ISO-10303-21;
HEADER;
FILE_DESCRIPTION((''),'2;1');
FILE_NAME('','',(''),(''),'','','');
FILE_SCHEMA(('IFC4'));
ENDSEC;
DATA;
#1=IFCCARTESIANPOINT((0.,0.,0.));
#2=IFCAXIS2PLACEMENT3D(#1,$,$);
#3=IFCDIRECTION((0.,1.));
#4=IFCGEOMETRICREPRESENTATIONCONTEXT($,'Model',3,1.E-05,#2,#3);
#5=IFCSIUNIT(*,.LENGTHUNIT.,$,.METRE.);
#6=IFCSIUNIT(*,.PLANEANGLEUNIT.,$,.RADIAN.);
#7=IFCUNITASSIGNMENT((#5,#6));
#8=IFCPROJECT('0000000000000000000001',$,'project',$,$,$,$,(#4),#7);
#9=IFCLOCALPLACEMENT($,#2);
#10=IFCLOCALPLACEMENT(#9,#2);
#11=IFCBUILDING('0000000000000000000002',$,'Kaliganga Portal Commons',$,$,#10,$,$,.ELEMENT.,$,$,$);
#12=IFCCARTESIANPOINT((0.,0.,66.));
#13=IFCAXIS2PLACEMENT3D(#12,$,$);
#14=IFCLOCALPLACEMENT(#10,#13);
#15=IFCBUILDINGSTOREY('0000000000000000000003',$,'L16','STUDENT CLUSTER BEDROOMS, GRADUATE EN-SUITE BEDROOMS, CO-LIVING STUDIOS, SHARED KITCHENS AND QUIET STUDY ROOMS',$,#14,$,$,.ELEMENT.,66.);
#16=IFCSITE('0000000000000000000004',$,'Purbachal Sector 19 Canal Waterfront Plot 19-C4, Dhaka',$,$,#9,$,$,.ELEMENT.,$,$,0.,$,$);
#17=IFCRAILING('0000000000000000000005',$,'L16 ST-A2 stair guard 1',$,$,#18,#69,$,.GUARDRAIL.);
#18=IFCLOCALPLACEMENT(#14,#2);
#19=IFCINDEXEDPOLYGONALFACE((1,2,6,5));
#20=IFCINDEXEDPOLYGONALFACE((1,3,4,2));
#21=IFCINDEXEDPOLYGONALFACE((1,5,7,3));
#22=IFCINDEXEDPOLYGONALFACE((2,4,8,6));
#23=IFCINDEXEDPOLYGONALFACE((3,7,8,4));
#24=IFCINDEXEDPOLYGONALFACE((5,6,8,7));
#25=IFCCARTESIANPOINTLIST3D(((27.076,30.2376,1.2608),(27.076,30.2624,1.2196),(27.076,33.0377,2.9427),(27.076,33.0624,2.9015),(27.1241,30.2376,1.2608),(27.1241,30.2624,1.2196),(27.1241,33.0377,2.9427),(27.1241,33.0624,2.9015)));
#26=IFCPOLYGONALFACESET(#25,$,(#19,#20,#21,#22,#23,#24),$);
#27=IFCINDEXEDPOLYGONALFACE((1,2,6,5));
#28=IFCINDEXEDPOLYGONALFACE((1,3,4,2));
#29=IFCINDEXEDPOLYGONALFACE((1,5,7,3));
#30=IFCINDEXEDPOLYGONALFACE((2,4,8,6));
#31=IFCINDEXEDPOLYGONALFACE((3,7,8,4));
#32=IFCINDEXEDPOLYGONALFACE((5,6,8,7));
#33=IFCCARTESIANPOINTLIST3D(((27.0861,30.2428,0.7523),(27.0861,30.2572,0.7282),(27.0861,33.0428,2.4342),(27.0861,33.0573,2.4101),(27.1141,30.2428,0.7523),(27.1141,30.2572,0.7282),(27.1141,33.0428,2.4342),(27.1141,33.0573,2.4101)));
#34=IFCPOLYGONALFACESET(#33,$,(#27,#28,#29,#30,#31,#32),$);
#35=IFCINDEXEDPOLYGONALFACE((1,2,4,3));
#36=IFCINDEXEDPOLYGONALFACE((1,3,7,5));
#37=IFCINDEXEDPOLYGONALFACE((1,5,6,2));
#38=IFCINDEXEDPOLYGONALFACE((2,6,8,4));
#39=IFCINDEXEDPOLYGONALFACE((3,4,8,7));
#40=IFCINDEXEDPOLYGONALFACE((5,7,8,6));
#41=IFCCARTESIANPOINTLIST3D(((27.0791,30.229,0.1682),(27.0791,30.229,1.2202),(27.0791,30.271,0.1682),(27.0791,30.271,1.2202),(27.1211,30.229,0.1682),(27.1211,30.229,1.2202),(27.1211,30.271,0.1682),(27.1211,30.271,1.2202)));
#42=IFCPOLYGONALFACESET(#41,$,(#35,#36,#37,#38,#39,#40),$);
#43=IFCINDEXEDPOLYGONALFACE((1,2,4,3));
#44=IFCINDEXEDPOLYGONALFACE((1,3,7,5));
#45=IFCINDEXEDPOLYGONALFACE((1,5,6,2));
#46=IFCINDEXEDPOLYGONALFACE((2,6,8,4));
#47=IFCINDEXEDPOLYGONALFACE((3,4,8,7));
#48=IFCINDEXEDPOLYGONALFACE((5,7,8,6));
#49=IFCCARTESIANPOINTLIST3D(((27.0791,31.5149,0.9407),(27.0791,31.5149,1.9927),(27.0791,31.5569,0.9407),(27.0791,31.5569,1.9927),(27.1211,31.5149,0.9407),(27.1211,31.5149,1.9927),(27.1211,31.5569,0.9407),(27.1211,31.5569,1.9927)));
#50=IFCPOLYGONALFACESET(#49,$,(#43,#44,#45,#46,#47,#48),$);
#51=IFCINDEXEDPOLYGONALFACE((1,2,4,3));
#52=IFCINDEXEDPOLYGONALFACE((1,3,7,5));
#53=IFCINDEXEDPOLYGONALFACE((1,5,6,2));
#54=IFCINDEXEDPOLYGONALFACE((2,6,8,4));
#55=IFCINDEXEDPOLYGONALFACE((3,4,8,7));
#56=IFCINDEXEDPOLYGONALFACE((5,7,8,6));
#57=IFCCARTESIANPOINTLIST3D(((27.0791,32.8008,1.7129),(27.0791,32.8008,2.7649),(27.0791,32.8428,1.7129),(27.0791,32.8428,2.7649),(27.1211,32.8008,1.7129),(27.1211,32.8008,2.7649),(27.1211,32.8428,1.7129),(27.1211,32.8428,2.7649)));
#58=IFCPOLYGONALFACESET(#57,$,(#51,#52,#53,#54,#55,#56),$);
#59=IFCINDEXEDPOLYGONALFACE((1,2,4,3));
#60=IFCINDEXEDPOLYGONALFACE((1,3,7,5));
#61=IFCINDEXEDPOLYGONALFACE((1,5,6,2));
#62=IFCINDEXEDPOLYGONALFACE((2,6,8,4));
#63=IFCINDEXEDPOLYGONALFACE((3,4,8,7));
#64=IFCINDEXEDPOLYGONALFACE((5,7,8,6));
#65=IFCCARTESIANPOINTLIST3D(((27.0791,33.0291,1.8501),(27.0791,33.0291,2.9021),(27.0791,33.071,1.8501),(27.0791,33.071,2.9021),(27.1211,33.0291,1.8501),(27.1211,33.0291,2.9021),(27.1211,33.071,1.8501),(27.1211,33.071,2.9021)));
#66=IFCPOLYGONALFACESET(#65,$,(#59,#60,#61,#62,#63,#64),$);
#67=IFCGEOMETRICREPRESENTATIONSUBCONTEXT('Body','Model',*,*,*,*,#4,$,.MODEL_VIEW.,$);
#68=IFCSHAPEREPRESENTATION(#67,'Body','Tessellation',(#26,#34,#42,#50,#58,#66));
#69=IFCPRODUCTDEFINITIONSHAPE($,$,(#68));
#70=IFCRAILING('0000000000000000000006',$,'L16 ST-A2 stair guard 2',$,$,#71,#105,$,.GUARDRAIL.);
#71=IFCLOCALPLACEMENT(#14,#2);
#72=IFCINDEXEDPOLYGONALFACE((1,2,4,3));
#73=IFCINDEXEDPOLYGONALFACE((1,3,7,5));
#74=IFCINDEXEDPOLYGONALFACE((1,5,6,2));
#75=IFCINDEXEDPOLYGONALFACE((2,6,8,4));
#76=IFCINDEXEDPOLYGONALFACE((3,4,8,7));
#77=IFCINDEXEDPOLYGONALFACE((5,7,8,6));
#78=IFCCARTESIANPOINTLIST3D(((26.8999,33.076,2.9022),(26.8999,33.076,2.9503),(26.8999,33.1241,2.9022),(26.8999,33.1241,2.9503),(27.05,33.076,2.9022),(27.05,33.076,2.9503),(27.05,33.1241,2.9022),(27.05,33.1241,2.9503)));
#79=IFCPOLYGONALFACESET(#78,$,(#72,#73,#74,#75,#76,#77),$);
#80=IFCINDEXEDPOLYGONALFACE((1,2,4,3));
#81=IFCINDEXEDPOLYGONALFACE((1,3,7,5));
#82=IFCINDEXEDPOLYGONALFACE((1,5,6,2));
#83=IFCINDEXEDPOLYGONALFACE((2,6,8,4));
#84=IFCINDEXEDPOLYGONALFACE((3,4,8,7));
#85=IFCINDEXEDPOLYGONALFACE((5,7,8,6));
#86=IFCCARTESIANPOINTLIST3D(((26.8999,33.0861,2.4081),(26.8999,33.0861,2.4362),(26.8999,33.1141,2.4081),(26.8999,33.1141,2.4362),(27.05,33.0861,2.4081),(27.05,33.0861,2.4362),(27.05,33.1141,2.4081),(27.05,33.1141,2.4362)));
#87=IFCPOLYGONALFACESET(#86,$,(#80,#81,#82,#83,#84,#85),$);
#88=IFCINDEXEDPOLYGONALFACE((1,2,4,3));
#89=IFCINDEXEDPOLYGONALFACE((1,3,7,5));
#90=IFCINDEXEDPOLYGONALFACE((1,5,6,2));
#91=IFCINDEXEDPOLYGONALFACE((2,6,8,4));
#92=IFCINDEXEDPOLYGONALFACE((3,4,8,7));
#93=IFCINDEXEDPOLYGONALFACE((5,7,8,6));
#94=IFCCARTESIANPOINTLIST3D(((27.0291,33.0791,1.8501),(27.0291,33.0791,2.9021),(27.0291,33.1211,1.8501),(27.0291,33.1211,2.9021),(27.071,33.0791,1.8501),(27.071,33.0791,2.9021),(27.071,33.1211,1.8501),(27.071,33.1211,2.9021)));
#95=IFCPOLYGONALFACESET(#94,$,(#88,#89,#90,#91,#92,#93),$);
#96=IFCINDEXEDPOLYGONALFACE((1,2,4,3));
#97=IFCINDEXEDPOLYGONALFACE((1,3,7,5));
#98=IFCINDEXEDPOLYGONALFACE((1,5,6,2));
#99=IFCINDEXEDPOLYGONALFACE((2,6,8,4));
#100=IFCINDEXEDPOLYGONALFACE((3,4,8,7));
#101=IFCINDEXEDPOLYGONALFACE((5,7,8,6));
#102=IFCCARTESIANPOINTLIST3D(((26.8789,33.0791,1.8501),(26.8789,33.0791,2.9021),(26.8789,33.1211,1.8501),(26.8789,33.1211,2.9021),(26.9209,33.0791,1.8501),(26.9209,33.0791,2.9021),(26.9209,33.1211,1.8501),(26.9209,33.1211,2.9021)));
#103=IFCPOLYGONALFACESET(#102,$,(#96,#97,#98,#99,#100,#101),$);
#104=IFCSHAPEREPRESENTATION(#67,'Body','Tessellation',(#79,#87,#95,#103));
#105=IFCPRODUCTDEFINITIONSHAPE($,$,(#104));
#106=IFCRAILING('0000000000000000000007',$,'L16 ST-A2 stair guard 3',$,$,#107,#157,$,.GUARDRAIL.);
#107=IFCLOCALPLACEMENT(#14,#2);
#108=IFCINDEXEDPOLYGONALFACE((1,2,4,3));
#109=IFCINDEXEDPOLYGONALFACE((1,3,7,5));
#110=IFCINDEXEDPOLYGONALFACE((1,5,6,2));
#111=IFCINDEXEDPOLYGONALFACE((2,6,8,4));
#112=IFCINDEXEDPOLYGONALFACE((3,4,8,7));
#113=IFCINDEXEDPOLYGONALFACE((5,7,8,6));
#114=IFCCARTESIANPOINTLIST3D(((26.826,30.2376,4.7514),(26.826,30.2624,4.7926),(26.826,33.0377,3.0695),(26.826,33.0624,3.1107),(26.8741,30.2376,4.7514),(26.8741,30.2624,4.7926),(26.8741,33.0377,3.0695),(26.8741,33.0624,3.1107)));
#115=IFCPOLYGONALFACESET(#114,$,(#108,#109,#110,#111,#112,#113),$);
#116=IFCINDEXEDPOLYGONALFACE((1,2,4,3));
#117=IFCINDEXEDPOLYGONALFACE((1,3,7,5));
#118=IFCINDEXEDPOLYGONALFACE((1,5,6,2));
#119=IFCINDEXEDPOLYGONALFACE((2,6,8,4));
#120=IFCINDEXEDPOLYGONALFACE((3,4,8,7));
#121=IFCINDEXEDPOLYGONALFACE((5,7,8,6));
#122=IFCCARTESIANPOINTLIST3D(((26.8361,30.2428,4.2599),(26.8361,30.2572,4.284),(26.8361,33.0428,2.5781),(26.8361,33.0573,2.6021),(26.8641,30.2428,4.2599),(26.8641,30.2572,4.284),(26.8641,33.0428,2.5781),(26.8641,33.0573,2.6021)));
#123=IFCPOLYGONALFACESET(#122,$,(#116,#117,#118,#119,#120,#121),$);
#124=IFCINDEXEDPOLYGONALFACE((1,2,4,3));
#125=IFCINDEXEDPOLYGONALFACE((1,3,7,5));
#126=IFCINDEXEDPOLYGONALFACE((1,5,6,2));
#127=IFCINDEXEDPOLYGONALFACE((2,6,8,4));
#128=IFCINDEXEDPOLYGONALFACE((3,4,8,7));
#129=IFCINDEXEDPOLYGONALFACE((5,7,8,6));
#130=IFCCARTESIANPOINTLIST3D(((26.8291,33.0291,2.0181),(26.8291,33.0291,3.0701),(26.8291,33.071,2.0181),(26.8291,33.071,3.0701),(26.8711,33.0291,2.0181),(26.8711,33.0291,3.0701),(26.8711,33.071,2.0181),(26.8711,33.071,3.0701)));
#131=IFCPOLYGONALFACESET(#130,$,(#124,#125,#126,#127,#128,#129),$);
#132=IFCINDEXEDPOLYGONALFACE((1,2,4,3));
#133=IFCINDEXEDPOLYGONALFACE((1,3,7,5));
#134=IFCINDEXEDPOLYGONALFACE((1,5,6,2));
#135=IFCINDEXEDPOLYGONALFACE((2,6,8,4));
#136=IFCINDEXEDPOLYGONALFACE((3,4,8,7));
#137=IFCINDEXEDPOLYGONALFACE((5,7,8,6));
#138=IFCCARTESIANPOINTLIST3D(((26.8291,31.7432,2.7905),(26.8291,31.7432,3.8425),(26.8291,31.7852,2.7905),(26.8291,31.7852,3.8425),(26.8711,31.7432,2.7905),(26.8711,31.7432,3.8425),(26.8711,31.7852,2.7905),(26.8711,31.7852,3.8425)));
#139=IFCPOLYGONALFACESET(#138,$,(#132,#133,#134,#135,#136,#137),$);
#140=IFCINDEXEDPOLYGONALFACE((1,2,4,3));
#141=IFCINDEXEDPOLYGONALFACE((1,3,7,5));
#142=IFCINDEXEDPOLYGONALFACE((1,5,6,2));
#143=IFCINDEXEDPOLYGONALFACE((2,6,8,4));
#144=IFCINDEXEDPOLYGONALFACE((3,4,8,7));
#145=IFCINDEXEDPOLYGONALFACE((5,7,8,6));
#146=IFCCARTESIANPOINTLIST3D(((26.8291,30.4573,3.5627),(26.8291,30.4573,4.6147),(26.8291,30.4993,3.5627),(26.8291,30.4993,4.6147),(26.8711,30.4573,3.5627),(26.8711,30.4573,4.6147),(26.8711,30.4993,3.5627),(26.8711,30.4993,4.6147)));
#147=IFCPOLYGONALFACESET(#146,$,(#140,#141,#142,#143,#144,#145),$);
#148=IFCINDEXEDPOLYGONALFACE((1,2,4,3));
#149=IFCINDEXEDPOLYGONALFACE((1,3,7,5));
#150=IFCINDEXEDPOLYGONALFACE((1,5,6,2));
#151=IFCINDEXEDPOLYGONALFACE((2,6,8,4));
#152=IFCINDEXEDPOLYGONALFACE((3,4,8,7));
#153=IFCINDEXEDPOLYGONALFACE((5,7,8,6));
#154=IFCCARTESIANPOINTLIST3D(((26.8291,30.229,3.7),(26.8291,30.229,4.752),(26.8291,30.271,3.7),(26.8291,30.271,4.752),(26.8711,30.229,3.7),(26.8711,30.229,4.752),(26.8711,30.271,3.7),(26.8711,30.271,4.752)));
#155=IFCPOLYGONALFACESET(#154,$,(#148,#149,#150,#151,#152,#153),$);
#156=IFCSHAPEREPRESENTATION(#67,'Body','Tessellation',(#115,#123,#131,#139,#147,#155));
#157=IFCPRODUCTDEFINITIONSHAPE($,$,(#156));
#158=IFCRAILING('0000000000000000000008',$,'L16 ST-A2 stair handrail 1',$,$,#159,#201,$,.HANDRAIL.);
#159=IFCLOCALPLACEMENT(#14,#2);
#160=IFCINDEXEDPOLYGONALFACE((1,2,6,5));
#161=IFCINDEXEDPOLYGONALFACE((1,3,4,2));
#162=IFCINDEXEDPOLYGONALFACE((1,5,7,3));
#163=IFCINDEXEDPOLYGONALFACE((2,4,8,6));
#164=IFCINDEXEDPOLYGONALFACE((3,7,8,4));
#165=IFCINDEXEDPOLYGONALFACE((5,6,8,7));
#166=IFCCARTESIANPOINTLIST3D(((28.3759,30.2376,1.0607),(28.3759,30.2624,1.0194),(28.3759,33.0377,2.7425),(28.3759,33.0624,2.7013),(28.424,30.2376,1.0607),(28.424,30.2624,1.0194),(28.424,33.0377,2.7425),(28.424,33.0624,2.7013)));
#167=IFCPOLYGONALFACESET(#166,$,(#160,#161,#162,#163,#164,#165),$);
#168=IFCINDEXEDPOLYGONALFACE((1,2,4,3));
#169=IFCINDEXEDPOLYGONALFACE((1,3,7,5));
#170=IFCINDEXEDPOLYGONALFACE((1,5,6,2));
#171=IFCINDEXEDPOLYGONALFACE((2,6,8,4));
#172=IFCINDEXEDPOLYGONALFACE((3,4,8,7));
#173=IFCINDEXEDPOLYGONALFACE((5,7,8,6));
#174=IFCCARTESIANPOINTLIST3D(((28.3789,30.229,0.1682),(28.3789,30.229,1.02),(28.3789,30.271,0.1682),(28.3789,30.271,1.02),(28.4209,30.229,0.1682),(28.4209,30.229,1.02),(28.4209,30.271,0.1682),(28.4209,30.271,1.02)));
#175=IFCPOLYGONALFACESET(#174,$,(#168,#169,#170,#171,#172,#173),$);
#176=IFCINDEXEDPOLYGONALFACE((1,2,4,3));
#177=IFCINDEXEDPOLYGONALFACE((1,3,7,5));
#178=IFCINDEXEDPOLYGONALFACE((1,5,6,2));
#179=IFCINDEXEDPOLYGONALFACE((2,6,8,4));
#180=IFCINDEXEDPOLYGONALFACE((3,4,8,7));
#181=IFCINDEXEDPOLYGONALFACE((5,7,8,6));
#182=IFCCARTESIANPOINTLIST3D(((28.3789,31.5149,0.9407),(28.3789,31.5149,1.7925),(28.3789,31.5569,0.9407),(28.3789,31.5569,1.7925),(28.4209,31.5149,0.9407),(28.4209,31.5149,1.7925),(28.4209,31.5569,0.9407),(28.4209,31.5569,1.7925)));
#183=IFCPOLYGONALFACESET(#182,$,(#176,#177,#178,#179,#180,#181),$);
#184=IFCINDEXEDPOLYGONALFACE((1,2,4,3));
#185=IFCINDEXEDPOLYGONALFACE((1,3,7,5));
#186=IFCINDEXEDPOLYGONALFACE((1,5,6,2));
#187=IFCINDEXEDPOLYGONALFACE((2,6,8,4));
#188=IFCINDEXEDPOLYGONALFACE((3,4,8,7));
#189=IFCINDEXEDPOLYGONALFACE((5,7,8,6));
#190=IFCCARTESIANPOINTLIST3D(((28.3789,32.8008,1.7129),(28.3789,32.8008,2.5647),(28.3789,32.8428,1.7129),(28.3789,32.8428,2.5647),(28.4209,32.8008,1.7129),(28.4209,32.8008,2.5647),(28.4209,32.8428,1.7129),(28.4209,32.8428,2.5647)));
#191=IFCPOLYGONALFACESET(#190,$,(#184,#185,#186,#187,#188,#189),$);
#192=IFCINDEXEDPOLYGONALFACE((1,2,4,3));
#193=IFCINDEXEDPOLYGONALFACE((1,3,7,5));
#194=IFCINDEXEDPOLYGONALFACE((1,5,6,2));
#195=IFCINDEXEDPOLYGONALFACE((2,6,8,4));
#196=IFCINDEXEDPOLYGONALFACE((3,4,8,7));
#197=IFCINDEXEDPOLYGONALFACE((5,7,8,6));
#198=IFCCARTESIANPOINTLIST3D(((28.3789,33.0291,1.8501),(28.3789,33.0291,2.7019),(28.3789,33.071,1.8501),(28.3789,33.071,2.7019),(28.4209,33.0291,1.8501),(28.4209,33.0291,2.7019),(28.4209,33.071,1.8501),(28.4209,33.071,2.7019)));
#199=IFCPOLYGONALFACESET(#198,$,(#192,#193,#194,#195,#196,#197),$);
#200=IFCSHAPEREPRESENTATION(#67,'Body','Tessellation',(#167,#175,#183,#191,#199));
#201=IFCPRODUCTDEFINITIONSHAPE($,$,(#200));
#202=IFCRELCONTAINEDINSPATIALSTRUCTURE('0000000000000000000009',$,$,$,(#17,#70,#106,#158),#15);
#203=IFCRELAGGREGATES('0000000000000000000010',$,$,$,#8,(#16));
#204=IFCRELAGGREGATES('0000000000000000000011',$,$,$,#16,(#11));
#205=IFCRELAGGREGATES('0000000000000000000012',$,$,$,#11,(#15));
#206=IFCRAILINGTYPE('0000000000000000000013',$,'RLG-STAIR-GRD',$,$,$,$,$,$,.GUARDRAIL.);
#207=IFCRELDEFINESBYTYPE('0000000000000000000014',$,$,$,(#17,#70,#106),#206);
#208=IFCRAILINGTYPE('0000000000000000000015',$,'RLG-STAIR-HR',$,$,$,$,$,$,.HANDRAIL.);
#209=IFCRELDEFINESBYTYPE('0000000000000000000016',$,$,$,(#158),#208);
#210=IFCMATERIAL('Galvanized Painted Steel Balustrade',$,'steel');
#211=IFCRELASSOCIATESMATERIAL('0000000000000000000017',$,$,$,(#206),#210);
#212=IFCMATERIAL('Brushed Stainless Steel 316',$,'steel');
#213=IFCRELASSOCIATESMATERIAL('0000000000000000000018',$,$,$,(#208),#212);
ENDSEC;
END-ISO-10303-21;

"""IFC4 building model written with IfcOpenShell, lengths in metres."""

from ifc_helpers import new_model, si_unit, direction, frame, origin, origin_2d, place, context, subcontext, project, spatial, rectangle, extrude, material, type_object, element, save


model = new_model("IFC4")

# Units and contexts
model_context = context("Model", 3, precision=1e-05, world=origin(), true_north=direction((0.0, 1.0)))
body_context = subcontext(model_context, "Body", "Model", "MODEL_VIEW")
ifc_project = project(units=[si_unit("LENGTHUNIT", "METRE"), si_unit("PLANEANGLEUNIT", "RADIAN")], contexts=[model_context])

# Site, building, storey
site_placement = place(None, origin())
site = spatial("IfcSite", under=ifc_project, at=site_placement, Name="Purbachal Sector 19 Canal Waterfront Plot 19-C4, Dhaka", CompositionType="ELEMENT", RefElevation=0.0)
building_placement = place(site_placement, origin())
building = spatial("IfcBuilding", under=site, at=building_placement, Name="Kaliganga Portal Commons", CompositionType="ELEMENT")
storey_placement = place(building_placement, frame((0.0, 0.0, 66.0)))
storey = spatial("IfcBuildingStorey", under=building, at=storey_placement, Name="L16", Description="STUDENT CLUSTER BEDROOMS, GRADUATE EN-SUITE BEDROOMS, CO-LIVING STUDIOS, SHARED KITCHENS AND QUIET STUDY ROOMS", CompositionType="ELEMENT", Elevation=66.0)

# Railings
ifc_material_1 = material(Name="Galvanized Painted Steel Balustrade", Category="steel")
railing_type_1 = type_object("IfcRailingType", Name="RLG-STAIR-GRD", PredefinedType="GUARDRAIL", material=ifc_material_1)
railing_1_placement = place(storey_placement, frame((27.1001, 30.25, 0.1682)))
element("IfcRailing", 1, at=railing_1_placement, inside=storey, type_object=railing_type_1, Name="L16 ST-A2 stair guard 1", PredefinedType="GUARDRAIL", context=body_context, shape_type="SweptSolid", body=[
    extrude(rectangle(XDim=0.0481, YDim=0.0481, at=origin_2d()), frame((0.0, 0.0, 1.072), z_axis=(0.0, 0.857242, 0.514913), x_axis=(-1.0, 0.0, 0.0)), (0.0, 0.0, 1.0), 3.2664),
    extrude(rectangle(XDim=0.0281, YDim=0.0281, at=origin_2d()), frame((0.0, 0.0, 0.572), z_axis=(0.0, 0.857242, 0.514913), x_axis=(-1.0, 0.0, 0.0)), (0.0, 0.0, 1.0), 3.2664),
    extrude(rectangle(XDim=0.042, YDim=0.042, at=origin_2d()), origin(), (0.0, 0.0, 1.0), 1.052),
    extrude(rectangle(XDim=0.042, YDim=0.042, at=origin_2d()), frame((0.0, 1.2859, 0.7725)), (0.0, 0.0, 1.0), 1.052),
    extrude(rectangle(XDim=0.042, YDim=0.042, at=origin_2d()), frame((0.0, 2.5718, 1.5447)), (0.0, 0.0, 1.0), 1.052),
    extrude(rectangle(XDim=0.042, YDim=0.042, at=origin_2d()), frame((0.0, 2.8, 1.6819)), (0.0, 0.0, 1.0), 1.052),
])
railing_2_placement = place(storey_placement, frame((27.05, 33.1001, 1.8501)))
element("IfcRailing", 2, at=railing_2_placement, inside=storey, type_object=railing_type_1, Name="L16 ST-A2 stair guard 2", PredefinedType="GUARDRAIL", context=body_context, shape_type="SweptSolid", body=[
    extrude(rectangle(XDim=0.0481, YDim=0.0481, at=origin_2d()), frame((0.0, 0.0, 1.0762), z_axis=(-1.0, 0.0, 0.0), x_axis=(0.0, -1.0, 0.0)), (0.0, 0.0, 1.0), 0.1501),
    extrude(rectangle(XDim=0.0281, YDim=0.0281, at=origin_2d()), frame((0.0, 0.0, 0.572), z_axis=(-1.0, 0.0, 0.0), x_axis=(0.0, -1.0, 0.0)), (0.0, 0.0, 1.0), 0.1501),
    extrude(rectangle(XDim=0.042, YDim=0.042, at=origin_2d()), origin(), (0.0, 0.0, 1.0), 1.052),
    extrude(rectangle(XDim=0.042, YDim=0.042, at=origin_2d()), frame((-0.1501, 0.0, 0.0)), (0.0, 0.0, 1.0), 1.052),
])
railing_3_placement = place(storey_placement, frame((26.8501, 33.05, 2.0181)))
element("IfcRailing", 3, at=railing_3_placement, inside=storey, type_object=railing_type_1, Name="L16 ST-A2 stair guard 3", PredefinedType="GUARDRAIL", context=body_context, shape_type="SweptSolid", body=[
    extrude(rectangle(XDim=0.0481, YDim=0.0481, at=origin_2d()), frame((0.0, 0.0, 1.072), z_axis=(0.0, -0.857242, 0.514913), x_axis=(1.0, 0.0, 0.0)), (0.0, 0.0, 1.0), 3.2664),
    extrude(rectangle(XDim=0.0281, YDim=0.0281, at=origin_2d()), frame((0.0, 0.0, 0.572), z_axis=(0.0, -0.857242, 0.514913), x_axis=(1.0, 0.0, 0.0)), (0.0, 0.0, 1.0), 3.2664),
    extrude(rectangle(XDim=0.042, YDim=0.042, at=origin_2d()), origin(), (0.0, 0.0, 1.0), 1.052),
    extrude(rectangle(XDim=0.042, YDim=0.042, at=origin_2d()), frame((0.0, -1.2859, 0.7725)), (0.0, 0.0, 1.0), 1.052),
    extrude(rectangle(XDim=0.042, YDim=0.042, at=origin_2d()), frame((0.0, -2.5718, 1.5447)), (0.0, 0.0, 1.0), 1.052),
    extrude(rectangle(XDim=0.042, YDim=0.042, at=origin_2d()), frame((0.0, -2.8, 1.6819)), (0.0, 0.0, 1.0), 1.052),
])
ifc_material_2 = material(Name="Brushed Stainless Steel 316", Category="steel")
railing_type_2 = type_object("IfcRailingType", Name="RLG-STAIR-HR", PredefinedType="HANDRAIL", material=ifc_material_2)
railing_4_placement = place(storey_placement, frame((28.3999, 30.25, 0.1682)))
element("IfcRailing", 4, at=railing_4_placement, inside=storey, type_object=railing_type_2, Name="L16 ST-A2 stair handrail 1", PredefinedType="HANDRAIL", context=body_context, shape_type="SweptSolid", body=[
    extrude(rectangle(XDim=0.0481, YDim=0.0481, at=origin_2d()), frame((0.0, 0.0, 0.8718), z_axis=(0.0, 0.857242, 0.514913), x_axis=(-1.0, 0.0, 0.0)), (0.0, 0.0, 1.0), 3.2664),
    extrude(rectangle(XDim=0.042, YDim=0.042, at=origin_2d()), origin(), (0.0, 0.0, 1.0), 0.8518),
    extrude(rectangle(XDim=0.042, YDim=0.042, at=origin_2d()), frame((0.0, 1.2859, 0.7725)), (0.0, 0.0, 1.0), 0.8518),
    extrude(rectangle(XDim=0.042, YDim=0.042, at=origin_2d()), frame((0.0, 2.5718, 1.5447)), (0.0, 0.0, 1.0), 0.8518),
    extrude(rectangle(XDim=0.042, YDim=0.042, at=origin_2d()), frame((0.0, 2.8, 1.6819)), (0.0, 0.0, 1.0), 0.8518),
])

save(model, "model.ifc")
